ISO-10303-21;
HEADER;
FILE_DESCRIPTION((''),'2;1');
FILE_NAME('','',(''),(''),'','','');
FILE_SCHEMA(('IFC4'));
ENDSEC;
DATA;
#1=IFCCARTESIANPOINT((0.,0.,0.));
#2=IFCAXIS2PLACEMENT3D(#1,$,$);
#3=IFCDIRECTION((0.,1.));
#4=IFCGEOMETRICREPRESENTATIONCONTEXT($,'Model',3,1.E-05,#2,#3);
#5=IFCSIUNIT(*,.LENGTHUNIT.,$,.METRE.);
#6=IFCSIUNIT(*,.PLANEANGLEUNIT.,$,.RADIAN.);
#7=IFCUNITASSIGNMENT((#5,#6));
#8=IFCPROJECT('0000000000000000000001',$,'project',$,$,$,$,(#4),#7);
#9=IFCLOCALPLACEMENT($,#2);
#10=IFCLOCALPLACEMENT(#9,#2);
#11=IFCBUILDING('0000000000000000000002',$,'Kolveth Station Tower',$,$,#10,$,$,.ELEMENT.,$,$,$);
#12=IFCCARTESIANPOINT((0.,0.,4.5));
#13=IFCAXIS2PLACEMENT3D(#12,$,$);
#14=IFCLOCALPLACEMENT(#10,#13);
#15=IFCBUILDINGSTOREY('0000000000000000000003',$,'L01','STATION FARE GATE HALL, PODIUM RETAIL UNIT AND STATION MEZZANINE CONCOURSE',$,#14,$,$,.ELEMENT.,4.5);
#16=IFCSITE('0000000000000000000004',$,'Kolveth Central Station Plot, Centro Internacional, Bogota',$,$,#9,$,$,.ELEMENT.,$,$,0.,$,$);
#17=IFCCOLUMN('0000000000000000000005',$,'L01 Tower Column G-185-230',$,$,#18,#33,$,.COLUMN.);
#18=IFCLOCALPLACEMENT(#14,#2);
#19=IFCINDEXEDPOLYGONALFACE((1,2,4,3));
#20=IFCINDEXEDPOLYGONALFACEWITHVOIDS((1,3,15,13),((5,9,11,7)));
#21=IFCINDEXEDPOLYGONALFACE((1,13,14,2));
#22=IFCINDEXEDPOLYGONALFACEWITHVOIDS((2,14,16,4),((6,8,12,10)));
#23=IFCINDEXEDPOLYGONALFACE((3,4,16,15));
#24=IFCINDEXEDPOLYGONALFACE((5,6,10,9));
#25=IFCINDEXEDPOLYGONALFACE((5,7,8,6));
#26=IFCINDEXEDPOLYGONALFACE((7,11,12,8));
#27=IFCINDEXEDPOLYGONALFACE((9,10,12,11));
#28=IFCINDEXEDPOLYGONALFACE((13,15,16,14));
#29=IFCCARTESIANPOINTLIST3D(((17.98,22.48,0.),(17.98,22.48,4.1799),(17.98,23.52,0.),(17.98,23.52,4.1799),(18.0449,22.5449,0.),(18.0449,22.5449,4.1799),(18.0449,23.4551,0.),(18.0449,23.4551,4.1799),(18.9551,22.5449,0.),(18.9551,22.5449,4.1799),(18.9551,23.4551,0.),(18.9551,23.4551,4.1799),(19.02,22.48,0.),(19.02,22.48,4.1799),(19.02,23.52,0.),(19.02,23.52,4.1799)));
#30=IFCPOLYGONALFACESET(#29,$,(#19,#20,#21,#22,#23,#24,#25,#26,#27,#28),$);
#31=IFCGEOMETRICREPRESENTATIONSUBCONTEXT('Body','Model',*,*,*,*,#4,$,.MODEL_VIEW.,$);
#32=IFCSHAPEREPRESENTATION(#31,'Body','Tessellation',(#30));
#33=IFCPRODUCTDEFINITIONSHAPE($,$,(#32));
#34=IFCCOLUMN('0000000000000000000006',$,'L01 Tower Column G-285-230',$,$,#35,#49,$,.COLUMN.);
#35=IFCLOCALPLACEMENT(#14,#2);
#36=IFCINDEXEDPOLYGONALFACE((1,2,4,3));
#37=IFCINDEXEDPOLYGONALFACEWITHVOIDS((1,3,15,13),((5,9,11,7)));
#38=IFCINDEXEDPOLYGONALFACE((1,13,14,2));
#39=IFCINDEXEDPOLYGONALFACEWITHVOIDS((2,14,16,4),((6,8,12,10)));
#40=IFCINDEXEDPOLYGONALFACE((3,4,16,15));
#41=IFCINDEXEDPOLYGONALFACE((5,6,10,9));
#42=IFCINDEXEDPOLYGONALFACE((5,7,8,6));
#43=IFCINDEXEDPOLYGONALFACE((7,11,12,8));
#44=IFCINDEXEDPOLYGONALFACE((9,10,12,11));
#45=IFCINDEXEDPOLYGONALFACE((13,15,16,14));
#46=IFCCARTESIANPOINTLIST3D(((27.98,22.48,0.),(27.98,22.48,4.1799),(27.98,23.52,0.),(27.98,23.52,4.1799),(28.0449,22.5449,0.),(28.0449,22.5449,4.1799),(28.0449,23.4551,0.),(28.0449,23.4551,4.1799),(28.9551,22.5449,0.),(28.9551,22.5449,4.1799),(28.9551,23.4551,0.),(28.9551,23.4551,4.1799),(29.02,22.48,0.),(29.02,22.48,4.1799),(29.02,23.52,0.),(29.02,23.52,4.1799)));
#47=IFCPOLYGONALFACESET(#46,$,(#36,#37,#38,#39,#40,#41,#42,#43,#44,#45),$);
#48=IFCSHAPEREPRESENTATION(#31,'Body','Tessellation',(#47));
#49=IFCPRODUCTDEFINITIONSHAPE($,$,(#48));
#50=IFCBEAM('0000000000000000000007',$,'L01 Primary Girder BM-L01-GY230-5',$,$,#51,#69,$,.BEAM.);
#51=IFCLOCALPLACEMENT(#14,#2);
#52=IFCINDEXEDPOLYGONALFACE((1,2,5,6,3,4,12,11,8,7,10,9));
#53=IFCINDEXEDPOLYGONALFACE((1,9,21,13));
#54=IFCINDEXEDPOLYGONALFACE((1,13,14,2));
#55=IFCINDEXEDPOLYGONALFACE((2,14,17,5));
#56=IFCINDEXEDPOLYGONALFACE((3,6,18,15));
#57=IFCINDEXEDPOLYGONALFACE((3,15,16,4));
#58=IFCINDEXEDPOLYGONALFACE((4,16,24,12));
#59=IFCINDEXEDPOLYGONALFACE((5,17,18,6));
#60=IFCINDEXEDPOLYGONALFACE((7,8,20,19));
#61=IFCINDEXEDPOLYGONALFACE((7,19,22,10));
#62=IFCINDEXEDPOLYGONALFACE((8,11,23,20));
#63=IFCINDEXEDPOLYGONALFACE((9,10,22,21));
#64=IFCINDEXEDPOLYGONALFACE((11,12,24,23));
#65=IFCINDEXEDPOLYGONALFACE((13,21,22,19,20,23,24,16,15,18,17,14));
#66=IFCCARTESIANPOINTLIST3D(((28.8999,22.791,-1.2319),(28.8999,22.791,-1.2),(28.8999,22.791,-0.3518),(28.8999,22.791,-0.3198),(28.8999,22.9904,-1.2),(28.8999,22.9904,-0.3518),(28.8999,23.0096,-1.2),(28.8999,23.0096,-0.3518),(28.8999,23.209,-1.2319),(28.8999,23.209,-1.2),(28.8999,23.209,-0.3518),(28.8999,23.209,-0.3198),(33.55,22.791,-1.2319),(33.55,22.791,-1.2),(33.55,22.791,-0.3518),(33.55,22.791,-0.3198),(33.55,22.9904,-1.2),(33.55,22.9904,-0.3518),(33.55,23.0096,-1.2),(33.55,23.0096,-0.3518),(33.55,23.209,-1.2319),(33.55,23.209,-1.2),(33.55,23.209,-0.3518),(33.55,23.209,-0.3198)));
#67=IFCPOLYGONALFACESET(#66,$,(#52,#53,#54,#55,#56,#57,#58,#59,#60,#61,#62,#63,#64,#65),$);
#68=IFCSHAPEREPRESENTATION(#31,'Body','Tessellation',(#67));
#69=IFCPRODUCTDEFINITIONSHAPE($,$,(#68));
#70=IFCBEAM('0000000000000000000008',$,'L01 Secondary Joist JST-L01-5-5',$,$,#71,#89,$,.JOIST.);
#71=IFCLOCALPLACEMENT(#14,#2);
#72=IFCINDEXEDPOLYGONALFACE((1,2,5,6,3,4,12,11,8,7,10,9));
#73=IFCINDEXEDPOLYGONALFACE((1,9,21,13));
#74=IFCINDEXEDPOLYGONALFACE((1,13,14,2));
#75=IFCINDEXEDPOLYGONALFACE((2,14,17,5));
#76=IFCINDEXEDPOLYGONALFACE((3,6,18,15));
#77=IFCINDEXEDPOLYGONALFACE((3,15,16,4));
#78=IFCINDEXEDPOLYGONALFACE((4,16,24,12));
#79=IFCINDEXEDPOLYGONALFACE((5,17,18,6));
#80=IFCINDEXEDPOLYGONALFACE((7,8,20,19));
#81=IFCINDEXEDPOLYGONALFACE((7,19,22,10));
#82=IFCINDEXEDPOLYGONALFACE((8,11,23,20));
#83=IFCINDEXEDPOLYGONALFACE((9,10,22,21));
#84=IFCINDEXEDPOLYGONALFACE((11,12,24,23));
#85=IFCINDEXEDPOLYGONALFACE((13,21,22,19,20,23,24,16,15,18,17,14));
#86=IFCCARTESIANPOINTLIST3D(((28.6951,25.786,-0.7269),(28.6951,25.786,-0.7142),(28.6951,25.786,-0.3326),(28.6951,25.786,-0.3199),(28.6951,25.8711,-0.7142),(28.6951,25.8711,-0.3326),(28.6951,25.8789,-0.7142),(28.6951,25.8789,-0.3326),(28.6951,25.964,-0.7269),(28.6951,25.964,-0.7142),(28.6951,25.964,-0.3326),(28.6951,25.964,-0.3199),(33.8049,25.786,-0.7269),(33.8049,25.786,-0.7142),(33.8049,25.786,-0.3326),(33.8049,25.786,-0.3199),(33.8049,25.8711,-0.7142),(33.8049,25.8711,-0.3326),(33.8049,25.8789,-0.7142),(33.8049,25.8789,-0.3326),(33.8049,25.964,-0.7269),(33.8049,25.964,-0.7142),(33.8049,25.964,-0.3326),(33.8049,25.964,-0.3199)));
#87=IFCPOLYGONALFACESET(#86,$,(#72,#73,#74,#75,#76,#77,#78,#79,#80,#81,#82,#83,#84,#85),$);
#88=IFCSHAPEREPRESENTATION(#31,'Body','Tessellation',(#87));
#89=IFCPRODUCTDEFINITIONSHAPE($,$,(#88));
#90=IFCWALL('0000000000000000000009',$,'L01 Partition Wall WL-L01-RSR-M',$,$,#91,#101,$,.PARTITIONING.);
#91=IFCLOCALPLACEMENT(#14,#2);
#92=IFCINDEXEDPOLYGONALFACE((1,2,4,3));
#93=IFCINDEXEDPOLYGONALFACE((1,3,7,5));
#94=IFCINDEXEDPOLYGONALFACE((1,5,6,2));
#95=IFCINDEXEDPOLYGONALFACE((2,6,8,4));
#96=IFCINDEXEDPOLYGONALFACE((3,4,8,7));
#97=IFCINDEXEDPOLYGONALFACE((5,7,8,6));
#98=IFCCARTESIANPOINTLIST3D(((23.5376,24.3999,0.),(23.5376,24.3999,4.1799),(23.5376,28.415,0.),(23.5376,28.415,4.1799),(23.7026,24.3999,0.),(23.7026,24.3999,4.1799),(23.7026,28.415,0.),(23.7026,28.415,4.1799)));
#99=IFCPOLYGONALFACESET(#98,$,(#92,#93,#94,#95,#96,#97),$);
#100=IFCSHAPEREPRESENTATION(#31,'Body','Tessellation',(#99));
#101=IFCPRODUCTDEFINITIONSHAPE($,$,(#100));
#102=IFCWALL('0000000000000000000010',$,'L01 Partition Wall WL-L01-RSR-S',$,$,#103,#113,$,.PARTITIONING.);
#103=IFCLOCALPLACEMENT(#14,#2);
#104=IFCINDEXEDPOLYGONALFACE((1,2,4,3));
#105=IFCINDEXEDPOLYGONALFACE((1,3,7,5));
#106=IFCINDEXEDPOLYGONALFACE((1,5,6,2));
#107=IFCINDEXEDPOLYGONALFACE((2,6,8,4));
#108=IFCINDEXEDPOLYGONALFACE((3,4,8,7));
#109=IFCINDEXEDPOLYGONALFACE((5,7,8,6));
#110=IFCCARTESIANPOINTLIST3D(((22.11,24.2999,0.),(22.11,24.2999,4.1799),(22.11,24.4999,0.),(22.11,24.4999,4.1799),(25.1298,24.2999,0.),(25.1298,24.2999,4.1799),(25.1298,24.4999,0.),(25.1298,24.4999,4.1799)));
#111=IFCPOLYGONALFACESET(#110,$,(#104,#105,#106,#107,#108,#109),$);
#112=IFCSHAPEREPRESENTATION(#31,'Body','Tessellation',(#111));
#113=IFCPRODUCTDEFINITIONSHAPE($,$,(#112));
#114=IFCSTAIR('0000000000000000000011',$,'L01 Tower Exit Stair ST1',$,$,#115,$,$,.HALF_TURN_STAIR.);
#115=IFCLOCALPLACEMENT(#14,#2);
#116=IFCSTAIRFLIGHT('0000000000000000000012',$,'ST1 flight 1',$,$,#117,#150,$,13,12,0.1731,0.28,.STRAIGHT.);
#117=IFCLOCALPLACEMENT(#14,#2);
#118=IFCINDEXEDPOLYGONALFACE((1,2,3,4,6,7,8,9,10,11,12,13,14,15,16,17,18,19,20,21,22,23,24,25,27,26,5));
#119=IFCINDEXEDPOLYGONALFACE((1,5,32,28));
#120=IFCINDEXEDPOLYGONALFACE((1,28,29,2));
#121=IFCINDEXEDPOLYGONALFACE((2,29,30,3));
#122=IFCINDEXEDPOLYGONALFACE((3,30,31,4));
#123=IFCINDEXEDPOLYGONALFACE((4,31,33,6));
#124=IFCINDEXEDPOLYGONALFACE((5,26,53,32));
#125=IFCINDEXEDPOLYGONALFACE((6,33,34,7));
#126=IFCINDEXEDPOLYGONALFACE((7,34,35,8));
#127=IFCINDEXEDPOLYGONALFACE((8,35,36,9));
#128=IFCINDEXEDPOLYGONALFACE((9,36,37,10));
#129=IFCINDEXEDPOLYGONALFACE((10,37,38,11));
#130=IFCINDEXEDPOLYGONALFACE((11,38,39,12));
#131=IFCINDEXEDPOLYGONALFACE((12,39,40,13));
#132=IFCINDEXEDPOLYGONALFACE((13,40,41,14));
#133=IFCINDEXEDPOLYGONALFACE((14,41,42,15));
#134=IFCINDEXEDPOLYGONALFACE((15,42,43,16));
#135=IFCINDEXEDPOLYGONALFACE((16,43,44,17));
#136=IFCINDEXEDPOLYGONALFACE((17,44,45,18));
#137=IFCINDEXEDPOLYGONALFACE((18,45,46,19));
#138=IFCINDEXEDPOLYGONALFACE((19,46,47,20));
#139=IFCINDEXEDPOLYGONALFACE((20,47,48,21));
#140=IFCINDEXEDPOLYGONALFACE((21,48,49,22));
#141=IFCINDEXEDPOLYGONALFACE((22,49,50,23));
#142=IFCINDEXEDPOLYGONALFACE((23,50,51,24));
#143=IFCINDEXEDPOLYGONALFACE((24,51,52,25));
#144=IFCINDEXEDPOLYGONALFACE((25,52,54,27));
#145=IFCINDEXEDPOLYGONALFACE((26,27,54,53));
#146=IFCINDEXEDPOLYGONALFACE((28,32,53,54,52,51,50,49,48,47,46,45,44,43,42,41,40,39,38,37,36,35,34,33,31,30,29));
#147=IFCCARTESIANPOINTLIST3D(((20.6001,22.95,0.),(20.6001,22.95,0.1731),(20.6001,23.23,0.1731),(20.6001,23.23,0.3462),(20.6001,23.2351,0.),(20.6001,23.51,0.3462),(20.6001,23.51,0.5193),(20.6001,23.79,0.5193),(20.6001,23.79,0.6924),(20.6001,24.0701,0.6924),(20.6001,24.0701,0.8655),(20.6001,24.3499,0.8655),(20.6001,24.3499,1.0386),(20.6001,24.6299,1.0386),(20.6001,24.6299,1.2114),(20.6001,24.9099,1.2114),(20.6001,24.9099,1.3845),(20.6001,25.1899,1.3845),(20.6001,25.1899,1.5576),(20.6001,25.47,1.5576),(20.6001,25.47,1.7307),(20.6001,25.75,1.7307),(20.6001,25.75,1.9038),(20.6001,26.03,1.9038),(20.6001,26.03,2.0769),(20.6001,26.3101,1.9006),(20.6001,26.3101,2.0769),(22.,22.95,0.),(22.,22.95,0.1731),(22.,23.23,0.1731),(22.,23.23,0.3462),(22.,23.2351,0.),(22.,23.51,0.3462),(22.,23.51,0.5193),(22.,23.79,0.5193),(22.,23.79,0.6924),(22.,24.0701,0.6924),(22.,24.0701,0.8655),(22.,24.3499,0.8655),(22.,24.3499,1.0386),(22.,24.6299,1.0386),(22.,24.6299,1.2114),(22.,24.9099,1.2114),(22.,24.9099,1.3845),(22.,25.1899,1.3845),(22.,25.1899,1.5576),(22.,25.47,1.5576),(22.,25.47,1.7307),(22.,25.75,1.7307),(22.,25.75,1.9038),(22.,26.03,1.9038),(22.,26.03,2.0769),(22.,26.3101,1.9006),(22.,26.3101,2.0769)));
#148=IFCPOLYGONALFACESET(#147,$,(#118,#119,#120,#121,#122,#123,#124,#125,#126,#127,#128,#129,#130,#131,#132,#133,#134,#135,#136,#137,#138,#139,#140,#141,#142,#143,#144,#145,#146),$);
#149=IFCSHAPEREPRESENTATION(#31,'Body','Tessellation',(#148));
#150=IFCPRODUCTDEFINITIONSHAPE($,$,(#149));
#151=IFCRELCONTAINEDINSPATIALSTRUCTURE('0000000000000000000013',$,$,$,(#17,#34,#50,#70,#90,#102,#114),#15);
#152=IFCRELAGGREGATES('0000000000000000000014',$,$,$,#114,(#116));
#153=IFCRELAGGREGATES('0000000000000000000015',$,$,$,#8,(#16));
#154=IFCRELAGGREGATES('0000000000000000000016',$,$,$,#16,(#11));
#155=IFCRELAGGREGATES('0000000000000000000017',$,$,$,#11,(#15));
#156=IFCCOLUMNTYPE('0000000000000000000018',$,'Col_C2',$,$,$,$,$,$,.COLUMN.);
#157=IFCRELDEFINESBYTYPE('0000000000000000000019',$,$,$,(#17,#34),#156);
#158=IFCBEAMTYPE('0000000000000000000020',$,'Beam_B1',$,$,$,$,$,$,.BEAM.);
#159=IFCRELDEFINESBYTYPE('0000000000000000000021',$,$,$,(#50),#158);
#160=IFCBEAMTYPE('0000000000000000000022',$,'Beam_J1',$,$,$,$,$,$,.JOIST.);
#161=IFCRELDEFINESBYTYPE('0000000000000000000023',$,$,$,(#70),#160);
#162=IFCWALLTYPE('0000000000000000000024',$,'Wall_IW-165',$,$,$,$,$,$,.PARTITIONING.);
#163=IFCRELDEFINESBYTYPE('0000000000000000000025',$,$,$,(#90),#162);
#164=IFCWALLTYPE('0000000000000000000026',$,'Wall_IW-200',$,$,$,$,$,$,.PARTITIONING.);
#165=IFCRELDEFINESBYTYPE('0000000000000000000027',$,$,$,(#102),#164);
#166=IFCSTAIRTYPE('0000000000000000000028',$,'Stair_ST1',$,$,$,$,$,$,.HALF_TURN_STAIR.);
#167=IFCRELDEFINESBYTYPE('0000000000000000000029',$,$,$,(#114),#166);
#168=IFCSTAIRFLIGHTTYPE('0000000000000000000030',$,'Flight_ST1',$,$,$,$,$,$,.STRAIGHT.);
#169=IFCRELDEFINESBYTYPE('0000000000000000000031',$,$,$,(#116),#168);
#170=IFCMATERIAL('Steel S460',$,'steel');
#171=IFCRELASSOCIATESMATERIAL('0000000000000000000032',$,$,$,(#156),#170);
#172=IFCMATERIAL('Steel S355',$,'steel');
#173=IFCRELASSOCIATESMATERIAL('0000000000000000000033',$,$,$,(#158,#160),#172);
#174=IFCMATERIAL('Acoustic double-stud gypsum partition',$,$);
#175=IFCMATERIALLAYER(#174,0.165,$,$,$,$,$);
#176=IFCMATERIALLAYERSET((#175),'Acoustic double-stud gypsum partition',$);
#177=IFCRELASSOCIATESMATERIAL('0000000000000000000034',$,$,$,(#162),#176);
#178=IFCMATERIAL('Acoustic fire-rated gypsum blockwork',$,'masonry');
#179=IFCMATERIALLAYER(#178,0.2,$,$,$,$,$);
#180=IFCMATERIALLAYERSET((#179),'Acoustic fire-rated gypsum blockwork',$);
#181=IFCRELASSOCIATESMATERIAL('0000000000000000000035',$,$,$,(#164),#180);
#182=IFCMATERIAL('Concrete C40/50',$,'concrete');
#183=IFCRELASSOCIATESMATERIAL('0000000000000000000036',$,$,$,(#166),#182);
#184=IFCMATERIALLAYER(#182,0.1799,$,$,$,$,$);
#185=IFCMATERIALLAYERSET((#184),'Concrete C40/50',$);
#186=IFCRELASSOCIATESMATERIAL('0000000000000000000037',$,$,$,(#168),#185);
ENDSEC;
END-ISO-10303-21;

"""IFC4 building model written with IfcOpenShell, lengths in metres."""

from ifc_helpers import new_model, si_unit, direction, frame, frame_2d, origin, origin_2d, place, context, subcontext, project, spatial, polyline, rectangle, hollow_rectangle, i_section, outline, extrude, source, transform, mapped, material, layer, layer_set, material_profile, profile_set, type_object, element, aggregate, save


model = new_model("IFC4")

# Units and contexts
model_context = context("Model", 3, precision=1e-05, world=origin(), true_north=direction((0.0, 1.0)))
body_context = subcontext(model_context, "Body", "Model", "MODEL_VIEW")
ifc_project = project(units=[si_unit("LENGTHUNIT", "METRE"), si_unit("PLANEANGLEUNIT", "RADIAN")], contexts=[model_context])

# Site, building, storey
site_placement = place(None, origin())
site = spatial("IfcSite", under=ifc_project, at=site_placement, Name="Kolveth Central Station Plot, Centro Internacional, Bogota", CompositionType="ELEMENT", RefElevation=0.0)
building_placement = place(site_placement, origin())
building = spatial("IfcBuilding", under=site, at=building_placement, Name="Kolveth Station Tower", CompositionType="ELEMENT")
storey_placement = place(building_placement, frame((0.0, 0.0, 4.5)))
storey = spatial("IfcBuildingStorey", under=building, at=storey_placement, Name="L01", Description="STATION FARE GATE HALL, PODIUM RETAIL UNIT AND STATION MEZZANINE CONCOURSE", CompositionType="ELEMENT", Elevation=4.5)

# Columns
ifc_material_1 = material(Name="Steel S460", Category="steel")
ifc_material_profile_1 = material_profile(ifc_material_1, hollow_rectangle(XDim=1.04, YDim=1.04, WallThickness=0.0649, at=origin_2d()), Name="BOX1040x1040x65")
ifc_profile_set_1 = profile_set([ifc_material_profile_1], Name="Steel S460")
column_type = type_object("IfcColumnType", Name="Col_C2", PredefinedType="COLUMN", material=ifc_profile_set_1)
shared_shape_1 = source(origin(), body_context, "Body", "SweptSolid", [
    extrude(hollow_rectangle(XDim=1.04, YDim=1.04, WallThickness=0.0649, at=origin_2d()), origin(), (0.0, 0.0, 1.0), 4.1799),
])
for number, where, z_axis, x_axis, name in (
    (1, (18.5, 23.0, 0.0), (0.0, 0.0, 1.0), (1.0, 0.0, 0.0), "L01 Tower Column G-185-230"),
    (2, (28.5, 23.0, 0.0), (0.0, 0.0, 1.0), (1.0, 0.0, 0.0), "L01 Tower Column G-285-230"),
):
    element("IfcColumn", number, at=place(storey_placement, frame(where, z_axis=z_axis, x_axis=x_axis)), inside=storey, type_object=column_type, Name=name, PredefinedType="COLUMN", context=body_context, shape_type="MappedRepresentation", body=[
        mapped(shared_shape_1, transform((0.0, 0.0, 0.0), x_axis=(1.0, 0.0, 0.0), y_axis=(0.0, 1.0, 0.0), z_axis=(0.0, 0.0, 1.0), scale=1.0)),
    ])

# Beams
ifc_material_2 = material(Name="Steel S355", Category="steel")
ifc_material_profile_2 = material_profile(ifc_material_2, i_section(OverallWidth=0.418, OverallDepth=0.9121, WebThickness=0.0193, FlangeThickness=0.032, at=origin_2d()), Name="W920x342")
ifc_profile_set_2 = profile_set([ifc_material_profile_2], Name="Steel S355")
beam_type_1 = type_object("IfcBeamType", Name="Beam_B1", PredefinedType="BEAM", material=ifc_profile_set_2)
shared_shape_2 = source(origin(), body_context, "Body", "SweptSolid", [
    extrude(i_section(OverallWidth=0.418, OverallDepth=0.9121, WebThickness=0.0193, FlangeThickness=0.032, at=origin_2d()), origin(), (0.0, 0.0, 1.0), 4.6501),
])
beam_1_placement = place(storey_placement, frame((28.8999, 23.0, -0.7759), z_axis=(1.0, 0.0, 0.0), x_axis=(0.0, 1.0, 0.0)))
element("IfcBeam", 3, at=beam_1_placement, inside=storey, type_object=beam_type_1, Name="L01 Primary Girder BM-L01-GY230-5", PredefinedType="BEAM", context=body_context, shape_type="MappedRepresentation", body=[
    mapped(shared_shape_2, transform((0.0, 0.0, 0.0), x_axis=(1.0, 0.0, 0.0), y_axis=(0.0, 1.0, 0.0), z_axis=(0.0, 0.0, 1.0), scale=1.0)),
])
ifc_material_profile_3 = material_profile(ifc_material_2, i_section(OverallWidth=0.178, OverallDepth=0.407, WebThickness=0.0078, FlangeThickness=0.0127, at=origin_2d()), Name="W410x60")
ifc_profile_set_3 = profile_set([ifc_material_profile_3], Name="Steel S355")
beam_type_2 = type_object("IfcBeamType", Name="Beam_J1", PredefinedType="JOIST", material=ifc_profile_set_3)
shared_shape_3 = source(origin(), body_context, "Body", "SweptSolid", [
    extrude(i_section(OverallWidth=0.178, OverallDepth=0.407, WebThickness=0.0078, FlangeThickness=0.0127, at=origin_2d()), origin(), (0.0, 0.0, 1.0), 5.1099),
])
beam_2_placement = place(storey_placement, frame((28.6951, 25.875, -0.5234), z_axis=(1.0, 0.0, 0.0), x_axis=(0.0, 1.0, 0.0)))
element("IfcBeam", 4, at=beam_2_placement, inside=storey, type_object=beam_type_2, Name="L01 Secondary Joist JST-L01-5-5", PredefinedType="JOIST", context=body_context, shape_type="MappedRepresentation", body=[
    mapped(shared_shape_3, transform((0.0, 0.0, 0.0), x_axis=(1.0, 0.0, 0.0), y_axis=(0.0, 1.0, 0.0), z_axis=(0.0, 0.0, 1.0), scale=1.0)),
])

# Walls
ifc_material_3 = material(Name="Acoustic double-stud gypsum partition")
ifc_layer_1 = layer(ifc_material_3, 0.165)
ifc_layer_set_1 = layer_set([ifc_layer_1], Name="Acoustic double-stud gypsum partition")
wall_type_1 = type_object("IfcWallType", Name="Wall_IW-165", PredefinedType="PARTITIONING", material=ifc_layer_set_1)
wall_1_placement = place(storey_placement, frame((23.6201, 24.3999, 0.0), z_axis=(0.0, 0.0, 1.0), x_axis=(0.0, 1.0, 0.0)))
element("IfcWall", 5, at=wall_1_placement, inside=storey, type_object=wall_type_1, Name="L01 Partition Wall WL-L01-RSR-M", PredefinedType="PARTITIONING", context=body_context, shape_type="SweptSolid", body=[
    extrude(rectangle(XDim=4.0151, YDim=0.165, at=frame_2d((2.0076, 0.0))), origin(), (0.0, 0.0, 1.0), 4.1799),
])
ifc_material_4 = material(Name="Acoustic fire-rated gypsum blockwork", Category="masonry")
ifc_layer_2 = layer(ifc_material_4, 0.2)
ifc_layer_set_2 = layer_set([ifc_layer_2], Name="Acoustic fire-rated gypsum blockwork")
wall_type_2 = type_object("IfcWallType", Name="Wall_IW-200", PredefinedType="PARTITIONING", material=ifc_layer_set_2)
wall_2_placement = place(storey_placement, frame((22.1101, 24.3999, 0.0), z_axis=(0.0, 0.0, 1.0), x_axis=(1.0, 0.0, 0.0)))
element("IfcWall", 6, at=wall_2_placement, inside=storey, type_object=wall_type_2, Name="L01 Partition Wall WL-L01-RSR-S", PredefinedType="PARTITIONING", context=body_context, shape_type="SweptSolid", body=[
    extrude(rectangle(XDim=3.0198, YDim=0.2, at=frame_2d((1.5098, 0.0))), origin(), (0.0, 0.0, 1.0), 4.1799),
])

# Stair, stair flight
ifc_material_5 = material(Name="Concrete C40/50", Category="concrete")
stair_type_1 = type_object("IfcStairType", Name="Stair_ST1", PredefinedType="HALF_TURN_STAIR", material=ifc_material_5)
stair_1_placement = place(storey_placement, origin())
stair_1 = element("IfcStair", 7, at=stair_1_placement, inside=storey, type_object=stair_type_1, Name="L01 Tower Exit Stair ST1", PredefinedType="HALF_TURN_STAIR")
ifc_layer_3 = layer(ifc_material_5, 0.1799)
ifc_layer_set_3 = layer_set([ifc_layer_3], Name="Concrete C40/50")
stair_flight_type_1 = type_object("IfcStairFlightType", Name="Flight_ST1", PredefinedType="STRAIGHT", material=ifc_layer_set_3)
stair_flight_1_placement = place(storey_placement, frame((21.3, 22.95, 0.0), z_axis=(0.0, 0.0, 1.0), x_axis=(0.0, 1.0, 0.0)))
stair_flight_1 = element("IfcStairFlight", 8, at=stair_flight_1_placement, type_object=stair_flight_type_1, Name="ST1 flight 1", NumberOfRisers=13, NumberOfTreads=12, PredefinedType="STRAIGHT", RiserHeight=0.1731, TreadLength=0.28, context=body_context, shape_type="SweptSolid", body=[
    extrude(outline(polyline([(0.0, 0.0), (0.0, 0.1731), (0.28, 0.1731), (0.28, 0.3462), (0.5601, 0.3462), (0.5601, 0.5193), (0.8401, 0.5193), (0.8401, 0.6924), (1.1201, 0.6924), (1.1201, 0.8655), (1.3999, 0.8655), (1.3999, 1.0386), (1.6799, 1.0386), (1.6799, 1.2114), (1.96, 1.2114), (1.96, 1.3845), (2.24, 1.3845), (2.24, 1.5576), (2.52, 1.5576), (2.52, 1.7307), (2.8, 1.7307), (2.8, 1.9038), (3.0801, 1.9038), (3.0801, 2.0769), (3.3601, 2.0769), (3.3601, 2.25), (3.3601, 1.9006), (0.2852, 0.0), (0.0, 0.0)])), frame((0.0, 0.7, 0.0), z_axis=(0.0, -1.0, 0.0), x_axis=(1.0, 0.0, 0.0)), (0.0, 0.0, 1.0), 1.3999),
])
aggregate(stair_1, [stair_flight_1])

save(model, "model.ifc")
